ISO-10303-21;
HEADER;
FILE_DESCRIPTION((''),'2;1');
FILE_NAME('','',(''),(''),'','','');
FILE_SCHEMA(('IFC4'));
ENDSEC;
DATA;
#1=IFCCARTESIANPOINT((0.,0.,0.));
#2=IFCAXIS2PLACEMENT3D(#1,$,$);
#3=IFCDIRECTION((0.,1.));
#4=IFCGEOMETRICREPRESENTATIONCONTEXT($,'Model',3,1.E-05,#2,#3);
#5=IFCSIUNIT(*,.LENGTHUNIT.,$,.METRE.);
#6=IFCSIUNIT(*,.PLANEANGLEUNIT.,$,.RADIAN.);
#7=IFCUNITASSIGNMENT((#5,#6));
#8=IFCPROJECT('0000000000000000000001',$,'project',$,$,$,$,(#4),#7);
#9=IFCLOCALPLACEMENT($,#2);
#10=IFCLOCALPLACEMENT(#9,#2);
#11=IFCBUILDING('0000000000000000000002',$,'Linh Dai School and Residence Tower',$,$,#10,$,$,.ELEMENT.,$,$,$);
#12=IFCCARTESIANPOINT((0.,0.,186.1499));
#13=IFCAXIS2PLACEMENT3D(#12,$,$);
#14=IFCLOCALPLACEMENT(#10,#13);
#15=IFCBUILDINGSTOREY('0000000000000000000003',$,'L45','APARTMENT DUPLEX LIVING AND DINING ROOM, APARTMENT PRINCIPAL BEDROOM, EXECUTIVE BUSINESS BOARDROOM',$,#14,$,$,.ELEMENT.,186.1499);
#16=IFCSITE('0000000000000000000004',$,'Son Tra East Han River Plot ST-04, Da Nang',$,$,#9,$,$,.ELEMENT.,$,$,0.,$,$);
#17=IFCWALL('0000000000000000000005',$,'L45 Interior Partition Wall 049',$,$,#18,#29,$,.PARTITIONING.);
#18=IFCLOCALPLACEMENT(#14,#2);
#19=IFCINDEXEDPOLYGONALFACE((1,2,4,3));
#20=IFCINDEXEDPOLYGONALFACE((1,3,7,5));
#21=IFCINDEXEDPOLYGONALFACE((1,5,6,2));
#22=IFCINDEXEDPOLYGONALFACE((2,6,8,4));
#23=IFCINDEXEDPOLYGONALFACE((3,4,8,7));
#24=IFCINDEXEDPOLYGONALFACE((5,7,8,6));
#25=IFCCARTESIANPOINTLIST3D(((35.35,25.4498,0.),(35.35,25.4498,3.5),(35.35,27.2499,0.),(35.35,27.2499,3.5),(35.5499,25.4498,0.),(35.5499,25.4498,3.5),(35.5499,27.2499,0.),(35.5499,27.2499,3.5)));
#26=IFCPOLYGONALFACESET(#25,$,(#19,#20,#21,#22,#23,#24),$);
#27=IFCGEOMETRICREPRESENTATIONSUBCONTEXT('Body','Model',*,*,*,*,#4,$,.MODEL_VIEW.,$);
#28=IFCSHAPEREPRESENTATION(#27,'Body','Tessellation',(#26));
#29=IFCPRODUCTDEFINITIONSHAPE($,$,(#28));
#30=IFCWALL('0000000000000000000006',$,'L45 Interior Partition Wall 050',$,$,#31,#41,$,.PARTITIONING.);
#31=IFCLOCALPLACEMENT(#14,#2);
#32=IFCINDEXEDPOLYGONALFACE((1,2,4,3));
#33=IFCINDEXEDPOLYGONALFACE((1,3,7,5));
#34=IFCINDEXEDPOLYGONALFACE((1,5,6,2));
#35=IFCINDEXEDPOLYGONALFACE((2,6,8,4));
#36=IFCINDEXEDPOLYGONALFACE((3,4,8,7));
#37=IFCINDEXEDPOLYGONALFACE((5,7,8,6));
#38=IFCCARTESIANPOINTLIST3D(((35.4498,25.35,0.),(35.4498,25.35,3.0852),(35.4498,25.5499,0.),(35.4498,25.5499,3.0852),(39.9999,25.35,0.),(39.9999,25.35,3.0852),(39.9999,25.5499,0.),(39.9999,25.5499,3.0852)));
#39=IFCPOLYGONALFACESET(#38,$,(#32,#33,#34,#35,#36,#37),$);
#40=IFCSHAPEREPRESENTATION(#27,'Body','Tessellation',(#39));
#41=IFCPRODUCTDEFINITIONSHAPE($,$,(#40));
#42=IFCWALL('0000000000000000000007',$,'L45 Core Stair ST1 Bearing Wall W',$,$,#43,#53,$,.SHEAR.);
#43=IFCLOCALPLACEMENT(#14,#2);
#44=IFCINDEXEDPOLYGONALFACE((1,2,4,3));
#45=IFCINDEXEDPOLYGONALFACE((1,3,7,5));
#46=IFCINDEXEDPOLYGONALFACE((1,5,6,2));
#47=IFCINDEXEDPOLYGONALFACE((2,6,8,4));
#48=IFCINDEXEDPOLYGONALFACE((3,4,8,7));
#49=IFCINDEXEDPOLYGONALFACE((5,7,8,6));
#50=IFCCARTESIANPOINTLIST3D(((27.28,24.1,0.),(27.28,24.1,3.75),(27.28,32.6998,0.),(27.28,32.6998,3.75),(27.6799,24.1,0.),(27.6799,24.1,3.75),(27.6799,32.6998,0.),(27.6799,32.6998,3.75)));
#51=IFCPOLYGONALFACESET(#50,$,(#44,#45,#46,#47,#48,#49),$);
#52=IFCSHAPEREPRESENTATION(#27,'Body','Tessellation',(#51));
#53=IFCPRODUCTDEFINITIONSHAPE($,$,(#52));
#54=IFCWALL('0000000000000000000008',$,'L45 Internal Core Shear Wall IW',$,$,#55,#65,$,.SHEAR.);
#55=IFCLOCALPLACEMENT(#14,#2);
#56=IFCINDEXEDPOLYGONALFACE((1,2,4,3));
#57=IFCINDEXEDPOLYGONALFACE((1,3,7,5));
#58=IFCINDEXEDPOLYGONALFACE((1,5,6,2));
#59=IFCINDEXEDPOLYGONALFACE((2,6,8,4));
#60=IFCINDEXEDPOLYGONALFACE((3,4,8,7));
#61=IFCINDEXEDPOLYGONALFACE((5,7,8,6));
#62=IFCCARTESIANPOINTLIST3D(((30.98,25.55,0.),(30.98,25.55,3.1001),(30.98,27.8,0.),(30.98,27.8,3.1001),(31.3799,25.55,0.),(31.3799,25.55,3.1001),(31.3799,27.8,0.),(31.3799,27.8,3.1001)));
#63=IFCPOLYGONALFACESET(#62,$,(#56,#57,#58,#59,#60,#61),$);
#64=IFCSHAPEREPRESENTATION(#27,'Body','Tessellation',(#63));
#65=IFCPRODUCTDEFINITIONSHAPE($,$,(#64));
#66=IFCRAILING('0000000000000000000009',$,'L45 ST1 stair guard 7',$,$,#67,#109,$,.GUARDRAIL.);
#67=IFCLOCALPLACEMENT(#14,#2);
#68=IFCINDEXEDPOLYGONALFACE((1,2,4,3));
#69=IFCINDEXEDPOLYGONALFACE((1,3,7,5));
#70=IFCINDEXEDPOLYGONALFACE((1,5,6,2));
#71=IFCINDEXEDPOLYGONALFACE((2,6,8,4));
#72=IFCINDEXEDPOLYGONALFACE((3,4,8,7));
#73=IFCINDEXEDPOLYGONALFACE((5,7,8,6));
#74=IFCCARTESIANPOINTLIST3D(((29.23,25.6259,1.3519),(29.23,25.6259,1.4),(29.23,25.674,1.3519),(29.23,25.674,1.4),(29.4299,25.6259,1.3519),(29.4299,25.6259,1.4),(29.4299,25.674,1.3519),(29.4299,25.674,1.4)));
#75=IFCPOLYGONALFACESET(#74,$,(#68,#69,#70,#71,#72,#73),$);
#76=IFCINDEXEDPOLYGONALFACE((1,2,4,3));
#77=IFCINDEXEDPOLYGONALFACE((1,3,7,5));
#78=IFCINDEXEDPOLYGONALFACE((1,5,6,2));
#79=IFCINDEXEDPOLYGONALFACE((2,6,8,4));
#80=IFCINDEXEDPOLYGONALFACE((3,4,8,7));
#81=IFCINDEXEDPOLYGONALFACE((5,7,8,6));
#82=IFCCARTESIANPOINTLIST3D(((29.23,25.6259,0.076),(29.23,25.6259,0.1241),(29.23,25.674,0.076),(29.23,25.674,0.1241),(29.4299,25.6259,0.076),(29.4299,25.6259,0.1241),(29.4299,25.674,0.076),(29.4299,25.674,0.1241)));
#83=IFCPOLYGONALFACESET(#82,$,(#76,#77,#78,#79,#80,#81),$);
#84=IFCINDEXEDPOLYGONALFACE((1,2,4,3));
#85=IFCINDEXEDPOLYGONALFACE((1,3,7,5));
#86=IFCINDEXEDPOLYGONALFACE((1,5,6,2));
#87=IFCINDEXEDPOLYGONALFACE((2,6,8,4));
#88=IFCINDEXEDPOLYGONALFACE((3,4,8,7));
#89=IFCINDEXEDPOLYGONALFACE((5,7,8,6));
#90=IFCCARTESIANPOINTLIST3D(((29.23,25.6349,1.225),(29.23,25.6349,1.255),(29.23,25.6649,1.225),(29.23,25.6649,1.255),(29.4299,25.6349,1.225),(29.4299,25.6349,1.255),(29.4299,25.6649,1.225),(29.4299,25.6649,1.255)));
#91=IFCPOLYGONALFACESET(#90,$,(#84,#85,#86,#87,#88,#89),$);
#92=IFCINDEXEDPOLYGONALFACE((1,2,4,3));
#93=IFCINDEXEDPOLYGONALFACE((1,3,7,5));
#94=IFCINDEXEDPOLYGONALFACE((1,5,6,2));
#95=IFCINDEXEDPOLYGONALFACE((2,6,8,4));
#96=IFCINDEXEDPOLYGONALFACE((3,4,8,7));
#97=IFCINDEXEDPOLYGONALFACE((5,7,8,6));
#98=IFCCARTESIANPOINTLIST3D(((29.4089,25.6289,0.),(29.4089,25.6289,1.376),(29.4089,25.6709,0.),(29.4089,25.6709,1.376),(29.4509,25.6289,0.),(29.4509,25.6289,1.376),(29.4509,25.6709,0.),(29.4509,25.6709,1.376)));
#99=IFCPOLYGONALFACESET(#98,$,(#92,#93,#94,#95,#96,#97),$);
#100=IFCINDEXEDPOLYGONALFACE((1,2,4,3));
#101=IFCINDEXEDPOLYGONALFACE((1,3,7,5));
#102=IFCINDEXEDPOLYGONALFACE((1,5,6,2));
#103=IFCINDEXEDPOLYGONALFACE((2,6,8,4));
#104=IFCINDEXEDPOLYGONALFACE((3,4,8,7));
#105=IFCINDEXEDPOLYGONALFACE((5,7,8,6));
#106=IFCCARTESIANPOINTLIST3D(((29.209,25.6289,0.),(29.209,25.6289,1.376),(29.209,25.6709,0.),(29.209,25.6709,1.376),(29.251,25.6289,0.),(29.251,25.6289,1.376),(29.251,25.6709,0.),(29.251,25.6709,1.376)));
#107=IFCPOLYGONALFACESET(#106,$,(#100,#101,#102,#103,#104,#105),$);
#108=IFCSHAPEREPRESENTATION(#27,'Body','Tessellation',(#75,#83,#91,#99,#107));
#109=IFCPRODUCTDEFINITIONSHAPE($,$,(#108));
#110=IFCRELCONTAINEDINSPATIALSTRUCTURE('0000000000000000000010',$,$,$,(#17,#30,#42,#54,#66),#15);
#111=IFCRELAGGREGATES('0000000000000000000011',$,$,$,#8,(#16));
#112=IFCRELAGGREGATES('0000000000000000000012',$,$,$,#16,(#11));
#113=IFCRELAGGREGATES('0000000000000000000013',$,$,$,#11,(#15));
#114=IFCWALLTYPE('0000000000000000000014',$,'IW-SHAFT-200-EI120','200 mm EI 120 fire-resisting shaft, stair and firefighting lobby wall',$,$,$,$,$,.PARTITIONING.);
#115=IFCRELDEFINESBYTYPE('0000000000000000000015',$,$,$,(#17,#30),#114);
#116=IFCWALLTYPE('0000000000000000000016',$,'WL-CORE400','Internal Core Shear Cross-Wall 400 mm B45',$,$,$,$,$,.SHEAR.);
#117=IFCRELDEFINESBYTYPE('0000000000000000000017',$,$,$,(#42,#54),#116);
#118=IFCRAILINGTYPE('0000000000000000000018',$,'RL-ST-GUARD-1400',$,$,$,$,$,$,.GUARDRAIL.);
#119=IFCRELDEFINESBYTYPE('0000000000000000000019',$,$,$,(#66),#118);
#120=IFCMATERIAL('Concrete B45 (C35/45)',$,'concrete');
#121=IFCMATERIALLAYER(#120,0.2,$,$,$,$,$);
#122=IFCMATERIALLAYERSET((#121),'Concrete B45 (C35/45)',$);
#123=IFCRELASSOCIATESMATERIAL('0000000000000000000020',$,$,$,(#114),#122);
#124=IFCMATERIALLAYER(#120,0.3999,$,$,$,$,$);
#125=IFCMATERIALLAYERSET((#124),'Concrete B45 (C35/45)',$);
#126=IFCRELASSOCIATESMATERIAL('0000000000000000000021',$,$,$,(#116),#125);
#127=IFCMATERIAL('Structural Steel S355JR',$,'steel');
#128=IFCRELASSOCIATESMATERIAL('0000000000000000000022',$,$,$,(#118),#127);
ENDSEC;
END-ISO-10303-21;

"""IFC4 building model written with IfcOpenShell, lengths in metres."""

from ifc_helpers import new_model, si_unit, direction, frame, frame_2d, origin, origin_2d, place, context, subcontext, project, spatial, rectangle, extrude, source, transform, mapped, material, layer, layer_set, type_object, element, save


model = new_model("IFC4")

# Units and contexts
model_context = context("Model", 3, precision=1e-05, world=origin(), true_north=direction((0.0, 1.0)))
body_context = subcontext(model_context, "Body", "Model", "MODEL_VIEW")
ifc_project = project(units=[si_unit("LENGTHUNIT", "METRE"), si_unit("PLANEANGLEUNIT", "RADIAN")], contexts=[model_context])

# Site, building, storey
site_placement = place(None, origin())
site = spatial("IfcSite", under=ifc_project, at=site_placement, Name="Son Tra East Han River Plot ST-04, Da Nang", CompositionType="ELEMENT", RefElevation=0.0)
building_placement = place(site_placement, origin())
building = spatial("IfcBuilding", under=site, at=building_placement, Name="Linh Dai School and Residence Tower", CompositionType="ELEMENT")
storey_placement = place(building_placement, frame((0.0, 0.0, 186.1499)))
storey = spatial("IfcBuildingStorey", under=building, at=storey_placement, Name="L45", Description="APARTMENT DUPLEX LIVING AND DINING ROOM, APARTMENT PRINCIPAL BEDROOM, EXECUTIVE BUSINESS BOARDROOM", CompositionType="ELEMENT", Elevation=186.1499)

# Shared definitions
ifc_material_1 = material(Name="Structural Steel S355JR", Category="steel")

# Shared definitions
ifc_material_2 = material(Name="Concrete B45 (C35/45)", Category="concrete")
ifc_layer_1 = layer(ifc_material_2, 0.2)
ifc_layer_set_1 = layer_set([ifc_layer_1], Name="Concrete B45 (C35/45)")
wall_type_1 = type_object("IfcWallType", Name="IW-SHAFT-200-EI120", Description="200 mm EI 120 fire-resisting shaft, stair and firefighting lobby wall", PredefinedType="PARTITIONING", material=ifc_layer_set_1)

# Walls
wall_1_placement = place(storey_placement, frame((35.45, 25.45, 0.0), z_axis=(0.0, 0.0, 1.0), x_axis=(0.0, 1.0, 0.0)))
element("IfcWall", 1, at=wall_1_placement, inside=storey, type_object=wall_type_1, Name="L45 Interior Partition Wall 049", PredefinedType="PARTITIONING", context=body_context, shape_type="SweptSolid", body=[
    extrude(rectangle(XDim=1.8, YDim=0.2, at=frame_2d((0.8999, 0.0))), origin(), (0.0, 0.0, 1.0), 3.5),
])
wall_2_placement = place(storey_placement, frame((35.45, 25.45, 0.0), z_axis=(0.0, 0.0, 1.0), x_axis=(1.0, 0.0, 0.0)))
element("IfcWall", 2, at=wall_2_placement, inside=storey, type_object=wall_type_1, Name="L45 Interior Partition Wall 050", PredefinedType="PARTITIONING", context=body_context, shape_type="SweptSolid", body=[
    extrude(rectangle(XDim=4.55, YDim=0.2, at=frame_2d((2.2749, 0.0))), origin(), (0.0, 0.0, 1.0), 3.0852),
])
ifc_layer_2 = layer(ifc_material_2, 0.3999)
ifc_layer_set_2 = layer_set([ifc_layer_2], Name="Concrete B45 (C35/45)")
wall_type_2 = type_object("IfcWallType", Name="WL-CORE400", Description="Internal Core Shear Cross-Wall 400 mm B45", PredefinedType="SHEAR", material=ifc_layer_set_2)
wall_3_placement = place(storey_placement, frame((27.48, 24.1001, 0.0), z_axis=(0.0, 0.0, 1.0), x_axis=(0.0, 1.0, 0.0)))
element("IfcWall", 3, at=wall_3_placement, inside=storey, type_object=wall_type_2, Name="L45 Core Stair ST1 Bearing Wall W", PredefinedType="SHEAR", context=body_context, shape_type="SweptSolid", body=[
    extrude(rectangle(XDim=8.5999, YDim=0.3999, at=frame_2d((4.2998, 0.0))), origin(), (0.0, 0.0, 1.0), 3.75),
])
wall_4_placement = place(storey_placement, frame((31.1799, 25.55, 0.0), z_axis=(0.0, 0.0, 1.0), x_axis=(0.0, 1.0, 0.0)))
element("IfcWall", 4, at=wall_4_placement, inside=storey, type_object=wall_type_2, Name="L45 Internal Core Shear Wall IW", PredefinedType="SHEAR", context=body_context, shape_type="SweptSolid", body=[
    extrude(rectangle(XDim=2.25, YDim=0.3999, at=frame_2d((1.125, 0.0))), origin(), (0.0, 0.0, 1.0), 3.1001),
])

# Railing
railing_type = type_object("IfcRailingType", Name="RL-ST-GUARD-1400", PredefinedType="GUARDRAIL", material=ifc_material_1)
shared_shape_1 = source(origin(), body_context, "Body", "SweptSolid", [
    extrude(rectangle(XDim=0.0481, YDim=0.0481, at=origin_2d()), frame((0.0, 0.0, 1.376), z_axis=(-1.0, 0.0, 0.0), x_axis=(0.0, -1.0, 0.0)), (0.0, 0.0, 1.0), 0.2),
    extrude(rectangle(XDim=0.0481, YDim=0.0481, at=origin_2d()), frame((0.0, 0.0, 0.1001), z_axis=(-1.0, 0.0, 0.0), x_axis=(0.0, -1.0, 0.0)), (0.0, 0.0, 1.0), 0.2),
    extrude(rectangle(XDim=0.03, YDim=0.03, at=origin_2d()), frame((0.0, 0.0, 1.24), z_axis=(-1.0, 0.0, 0.0), x_axis=(0.0, -1.0, 0.0)), (0.0, 0.0, 1.0), 0.2),
    extrude(rectangle(XDim=0.042, YDim=0.042, at=origin_2d()), origin(), (0.0, 0.0, 1.0), 1.376),
    extrude(rectangle(XDim=0.042, YDim=0.042, at=origin_2d()), frame((-0.2, 0.0, 0.0)), (0.0, 0.0, 1.0), 1.376),
])
railing_placement = place(storey_placement, frame((29.4299, 25.6499, 0.0)))
element("IfcRailing", 5, at=railing_placement, inside=storey, type_object=railing_type, Name="L45 ST1 stair guard 7", PredefinedType="GUARDRAIL", context=body_context, shape_type="MappedRepresentation", body=[
    mapped(shared_shape_1, transform((0.0, 0.0, 0.0), x_axis=(1.0, 0.0, 0.0), y_axis=(0.0, 1.0, 0.0), z_axis=(0.0, 0.0, 1.0), scale=1.0)),
])

save(model, "model.ifc")
